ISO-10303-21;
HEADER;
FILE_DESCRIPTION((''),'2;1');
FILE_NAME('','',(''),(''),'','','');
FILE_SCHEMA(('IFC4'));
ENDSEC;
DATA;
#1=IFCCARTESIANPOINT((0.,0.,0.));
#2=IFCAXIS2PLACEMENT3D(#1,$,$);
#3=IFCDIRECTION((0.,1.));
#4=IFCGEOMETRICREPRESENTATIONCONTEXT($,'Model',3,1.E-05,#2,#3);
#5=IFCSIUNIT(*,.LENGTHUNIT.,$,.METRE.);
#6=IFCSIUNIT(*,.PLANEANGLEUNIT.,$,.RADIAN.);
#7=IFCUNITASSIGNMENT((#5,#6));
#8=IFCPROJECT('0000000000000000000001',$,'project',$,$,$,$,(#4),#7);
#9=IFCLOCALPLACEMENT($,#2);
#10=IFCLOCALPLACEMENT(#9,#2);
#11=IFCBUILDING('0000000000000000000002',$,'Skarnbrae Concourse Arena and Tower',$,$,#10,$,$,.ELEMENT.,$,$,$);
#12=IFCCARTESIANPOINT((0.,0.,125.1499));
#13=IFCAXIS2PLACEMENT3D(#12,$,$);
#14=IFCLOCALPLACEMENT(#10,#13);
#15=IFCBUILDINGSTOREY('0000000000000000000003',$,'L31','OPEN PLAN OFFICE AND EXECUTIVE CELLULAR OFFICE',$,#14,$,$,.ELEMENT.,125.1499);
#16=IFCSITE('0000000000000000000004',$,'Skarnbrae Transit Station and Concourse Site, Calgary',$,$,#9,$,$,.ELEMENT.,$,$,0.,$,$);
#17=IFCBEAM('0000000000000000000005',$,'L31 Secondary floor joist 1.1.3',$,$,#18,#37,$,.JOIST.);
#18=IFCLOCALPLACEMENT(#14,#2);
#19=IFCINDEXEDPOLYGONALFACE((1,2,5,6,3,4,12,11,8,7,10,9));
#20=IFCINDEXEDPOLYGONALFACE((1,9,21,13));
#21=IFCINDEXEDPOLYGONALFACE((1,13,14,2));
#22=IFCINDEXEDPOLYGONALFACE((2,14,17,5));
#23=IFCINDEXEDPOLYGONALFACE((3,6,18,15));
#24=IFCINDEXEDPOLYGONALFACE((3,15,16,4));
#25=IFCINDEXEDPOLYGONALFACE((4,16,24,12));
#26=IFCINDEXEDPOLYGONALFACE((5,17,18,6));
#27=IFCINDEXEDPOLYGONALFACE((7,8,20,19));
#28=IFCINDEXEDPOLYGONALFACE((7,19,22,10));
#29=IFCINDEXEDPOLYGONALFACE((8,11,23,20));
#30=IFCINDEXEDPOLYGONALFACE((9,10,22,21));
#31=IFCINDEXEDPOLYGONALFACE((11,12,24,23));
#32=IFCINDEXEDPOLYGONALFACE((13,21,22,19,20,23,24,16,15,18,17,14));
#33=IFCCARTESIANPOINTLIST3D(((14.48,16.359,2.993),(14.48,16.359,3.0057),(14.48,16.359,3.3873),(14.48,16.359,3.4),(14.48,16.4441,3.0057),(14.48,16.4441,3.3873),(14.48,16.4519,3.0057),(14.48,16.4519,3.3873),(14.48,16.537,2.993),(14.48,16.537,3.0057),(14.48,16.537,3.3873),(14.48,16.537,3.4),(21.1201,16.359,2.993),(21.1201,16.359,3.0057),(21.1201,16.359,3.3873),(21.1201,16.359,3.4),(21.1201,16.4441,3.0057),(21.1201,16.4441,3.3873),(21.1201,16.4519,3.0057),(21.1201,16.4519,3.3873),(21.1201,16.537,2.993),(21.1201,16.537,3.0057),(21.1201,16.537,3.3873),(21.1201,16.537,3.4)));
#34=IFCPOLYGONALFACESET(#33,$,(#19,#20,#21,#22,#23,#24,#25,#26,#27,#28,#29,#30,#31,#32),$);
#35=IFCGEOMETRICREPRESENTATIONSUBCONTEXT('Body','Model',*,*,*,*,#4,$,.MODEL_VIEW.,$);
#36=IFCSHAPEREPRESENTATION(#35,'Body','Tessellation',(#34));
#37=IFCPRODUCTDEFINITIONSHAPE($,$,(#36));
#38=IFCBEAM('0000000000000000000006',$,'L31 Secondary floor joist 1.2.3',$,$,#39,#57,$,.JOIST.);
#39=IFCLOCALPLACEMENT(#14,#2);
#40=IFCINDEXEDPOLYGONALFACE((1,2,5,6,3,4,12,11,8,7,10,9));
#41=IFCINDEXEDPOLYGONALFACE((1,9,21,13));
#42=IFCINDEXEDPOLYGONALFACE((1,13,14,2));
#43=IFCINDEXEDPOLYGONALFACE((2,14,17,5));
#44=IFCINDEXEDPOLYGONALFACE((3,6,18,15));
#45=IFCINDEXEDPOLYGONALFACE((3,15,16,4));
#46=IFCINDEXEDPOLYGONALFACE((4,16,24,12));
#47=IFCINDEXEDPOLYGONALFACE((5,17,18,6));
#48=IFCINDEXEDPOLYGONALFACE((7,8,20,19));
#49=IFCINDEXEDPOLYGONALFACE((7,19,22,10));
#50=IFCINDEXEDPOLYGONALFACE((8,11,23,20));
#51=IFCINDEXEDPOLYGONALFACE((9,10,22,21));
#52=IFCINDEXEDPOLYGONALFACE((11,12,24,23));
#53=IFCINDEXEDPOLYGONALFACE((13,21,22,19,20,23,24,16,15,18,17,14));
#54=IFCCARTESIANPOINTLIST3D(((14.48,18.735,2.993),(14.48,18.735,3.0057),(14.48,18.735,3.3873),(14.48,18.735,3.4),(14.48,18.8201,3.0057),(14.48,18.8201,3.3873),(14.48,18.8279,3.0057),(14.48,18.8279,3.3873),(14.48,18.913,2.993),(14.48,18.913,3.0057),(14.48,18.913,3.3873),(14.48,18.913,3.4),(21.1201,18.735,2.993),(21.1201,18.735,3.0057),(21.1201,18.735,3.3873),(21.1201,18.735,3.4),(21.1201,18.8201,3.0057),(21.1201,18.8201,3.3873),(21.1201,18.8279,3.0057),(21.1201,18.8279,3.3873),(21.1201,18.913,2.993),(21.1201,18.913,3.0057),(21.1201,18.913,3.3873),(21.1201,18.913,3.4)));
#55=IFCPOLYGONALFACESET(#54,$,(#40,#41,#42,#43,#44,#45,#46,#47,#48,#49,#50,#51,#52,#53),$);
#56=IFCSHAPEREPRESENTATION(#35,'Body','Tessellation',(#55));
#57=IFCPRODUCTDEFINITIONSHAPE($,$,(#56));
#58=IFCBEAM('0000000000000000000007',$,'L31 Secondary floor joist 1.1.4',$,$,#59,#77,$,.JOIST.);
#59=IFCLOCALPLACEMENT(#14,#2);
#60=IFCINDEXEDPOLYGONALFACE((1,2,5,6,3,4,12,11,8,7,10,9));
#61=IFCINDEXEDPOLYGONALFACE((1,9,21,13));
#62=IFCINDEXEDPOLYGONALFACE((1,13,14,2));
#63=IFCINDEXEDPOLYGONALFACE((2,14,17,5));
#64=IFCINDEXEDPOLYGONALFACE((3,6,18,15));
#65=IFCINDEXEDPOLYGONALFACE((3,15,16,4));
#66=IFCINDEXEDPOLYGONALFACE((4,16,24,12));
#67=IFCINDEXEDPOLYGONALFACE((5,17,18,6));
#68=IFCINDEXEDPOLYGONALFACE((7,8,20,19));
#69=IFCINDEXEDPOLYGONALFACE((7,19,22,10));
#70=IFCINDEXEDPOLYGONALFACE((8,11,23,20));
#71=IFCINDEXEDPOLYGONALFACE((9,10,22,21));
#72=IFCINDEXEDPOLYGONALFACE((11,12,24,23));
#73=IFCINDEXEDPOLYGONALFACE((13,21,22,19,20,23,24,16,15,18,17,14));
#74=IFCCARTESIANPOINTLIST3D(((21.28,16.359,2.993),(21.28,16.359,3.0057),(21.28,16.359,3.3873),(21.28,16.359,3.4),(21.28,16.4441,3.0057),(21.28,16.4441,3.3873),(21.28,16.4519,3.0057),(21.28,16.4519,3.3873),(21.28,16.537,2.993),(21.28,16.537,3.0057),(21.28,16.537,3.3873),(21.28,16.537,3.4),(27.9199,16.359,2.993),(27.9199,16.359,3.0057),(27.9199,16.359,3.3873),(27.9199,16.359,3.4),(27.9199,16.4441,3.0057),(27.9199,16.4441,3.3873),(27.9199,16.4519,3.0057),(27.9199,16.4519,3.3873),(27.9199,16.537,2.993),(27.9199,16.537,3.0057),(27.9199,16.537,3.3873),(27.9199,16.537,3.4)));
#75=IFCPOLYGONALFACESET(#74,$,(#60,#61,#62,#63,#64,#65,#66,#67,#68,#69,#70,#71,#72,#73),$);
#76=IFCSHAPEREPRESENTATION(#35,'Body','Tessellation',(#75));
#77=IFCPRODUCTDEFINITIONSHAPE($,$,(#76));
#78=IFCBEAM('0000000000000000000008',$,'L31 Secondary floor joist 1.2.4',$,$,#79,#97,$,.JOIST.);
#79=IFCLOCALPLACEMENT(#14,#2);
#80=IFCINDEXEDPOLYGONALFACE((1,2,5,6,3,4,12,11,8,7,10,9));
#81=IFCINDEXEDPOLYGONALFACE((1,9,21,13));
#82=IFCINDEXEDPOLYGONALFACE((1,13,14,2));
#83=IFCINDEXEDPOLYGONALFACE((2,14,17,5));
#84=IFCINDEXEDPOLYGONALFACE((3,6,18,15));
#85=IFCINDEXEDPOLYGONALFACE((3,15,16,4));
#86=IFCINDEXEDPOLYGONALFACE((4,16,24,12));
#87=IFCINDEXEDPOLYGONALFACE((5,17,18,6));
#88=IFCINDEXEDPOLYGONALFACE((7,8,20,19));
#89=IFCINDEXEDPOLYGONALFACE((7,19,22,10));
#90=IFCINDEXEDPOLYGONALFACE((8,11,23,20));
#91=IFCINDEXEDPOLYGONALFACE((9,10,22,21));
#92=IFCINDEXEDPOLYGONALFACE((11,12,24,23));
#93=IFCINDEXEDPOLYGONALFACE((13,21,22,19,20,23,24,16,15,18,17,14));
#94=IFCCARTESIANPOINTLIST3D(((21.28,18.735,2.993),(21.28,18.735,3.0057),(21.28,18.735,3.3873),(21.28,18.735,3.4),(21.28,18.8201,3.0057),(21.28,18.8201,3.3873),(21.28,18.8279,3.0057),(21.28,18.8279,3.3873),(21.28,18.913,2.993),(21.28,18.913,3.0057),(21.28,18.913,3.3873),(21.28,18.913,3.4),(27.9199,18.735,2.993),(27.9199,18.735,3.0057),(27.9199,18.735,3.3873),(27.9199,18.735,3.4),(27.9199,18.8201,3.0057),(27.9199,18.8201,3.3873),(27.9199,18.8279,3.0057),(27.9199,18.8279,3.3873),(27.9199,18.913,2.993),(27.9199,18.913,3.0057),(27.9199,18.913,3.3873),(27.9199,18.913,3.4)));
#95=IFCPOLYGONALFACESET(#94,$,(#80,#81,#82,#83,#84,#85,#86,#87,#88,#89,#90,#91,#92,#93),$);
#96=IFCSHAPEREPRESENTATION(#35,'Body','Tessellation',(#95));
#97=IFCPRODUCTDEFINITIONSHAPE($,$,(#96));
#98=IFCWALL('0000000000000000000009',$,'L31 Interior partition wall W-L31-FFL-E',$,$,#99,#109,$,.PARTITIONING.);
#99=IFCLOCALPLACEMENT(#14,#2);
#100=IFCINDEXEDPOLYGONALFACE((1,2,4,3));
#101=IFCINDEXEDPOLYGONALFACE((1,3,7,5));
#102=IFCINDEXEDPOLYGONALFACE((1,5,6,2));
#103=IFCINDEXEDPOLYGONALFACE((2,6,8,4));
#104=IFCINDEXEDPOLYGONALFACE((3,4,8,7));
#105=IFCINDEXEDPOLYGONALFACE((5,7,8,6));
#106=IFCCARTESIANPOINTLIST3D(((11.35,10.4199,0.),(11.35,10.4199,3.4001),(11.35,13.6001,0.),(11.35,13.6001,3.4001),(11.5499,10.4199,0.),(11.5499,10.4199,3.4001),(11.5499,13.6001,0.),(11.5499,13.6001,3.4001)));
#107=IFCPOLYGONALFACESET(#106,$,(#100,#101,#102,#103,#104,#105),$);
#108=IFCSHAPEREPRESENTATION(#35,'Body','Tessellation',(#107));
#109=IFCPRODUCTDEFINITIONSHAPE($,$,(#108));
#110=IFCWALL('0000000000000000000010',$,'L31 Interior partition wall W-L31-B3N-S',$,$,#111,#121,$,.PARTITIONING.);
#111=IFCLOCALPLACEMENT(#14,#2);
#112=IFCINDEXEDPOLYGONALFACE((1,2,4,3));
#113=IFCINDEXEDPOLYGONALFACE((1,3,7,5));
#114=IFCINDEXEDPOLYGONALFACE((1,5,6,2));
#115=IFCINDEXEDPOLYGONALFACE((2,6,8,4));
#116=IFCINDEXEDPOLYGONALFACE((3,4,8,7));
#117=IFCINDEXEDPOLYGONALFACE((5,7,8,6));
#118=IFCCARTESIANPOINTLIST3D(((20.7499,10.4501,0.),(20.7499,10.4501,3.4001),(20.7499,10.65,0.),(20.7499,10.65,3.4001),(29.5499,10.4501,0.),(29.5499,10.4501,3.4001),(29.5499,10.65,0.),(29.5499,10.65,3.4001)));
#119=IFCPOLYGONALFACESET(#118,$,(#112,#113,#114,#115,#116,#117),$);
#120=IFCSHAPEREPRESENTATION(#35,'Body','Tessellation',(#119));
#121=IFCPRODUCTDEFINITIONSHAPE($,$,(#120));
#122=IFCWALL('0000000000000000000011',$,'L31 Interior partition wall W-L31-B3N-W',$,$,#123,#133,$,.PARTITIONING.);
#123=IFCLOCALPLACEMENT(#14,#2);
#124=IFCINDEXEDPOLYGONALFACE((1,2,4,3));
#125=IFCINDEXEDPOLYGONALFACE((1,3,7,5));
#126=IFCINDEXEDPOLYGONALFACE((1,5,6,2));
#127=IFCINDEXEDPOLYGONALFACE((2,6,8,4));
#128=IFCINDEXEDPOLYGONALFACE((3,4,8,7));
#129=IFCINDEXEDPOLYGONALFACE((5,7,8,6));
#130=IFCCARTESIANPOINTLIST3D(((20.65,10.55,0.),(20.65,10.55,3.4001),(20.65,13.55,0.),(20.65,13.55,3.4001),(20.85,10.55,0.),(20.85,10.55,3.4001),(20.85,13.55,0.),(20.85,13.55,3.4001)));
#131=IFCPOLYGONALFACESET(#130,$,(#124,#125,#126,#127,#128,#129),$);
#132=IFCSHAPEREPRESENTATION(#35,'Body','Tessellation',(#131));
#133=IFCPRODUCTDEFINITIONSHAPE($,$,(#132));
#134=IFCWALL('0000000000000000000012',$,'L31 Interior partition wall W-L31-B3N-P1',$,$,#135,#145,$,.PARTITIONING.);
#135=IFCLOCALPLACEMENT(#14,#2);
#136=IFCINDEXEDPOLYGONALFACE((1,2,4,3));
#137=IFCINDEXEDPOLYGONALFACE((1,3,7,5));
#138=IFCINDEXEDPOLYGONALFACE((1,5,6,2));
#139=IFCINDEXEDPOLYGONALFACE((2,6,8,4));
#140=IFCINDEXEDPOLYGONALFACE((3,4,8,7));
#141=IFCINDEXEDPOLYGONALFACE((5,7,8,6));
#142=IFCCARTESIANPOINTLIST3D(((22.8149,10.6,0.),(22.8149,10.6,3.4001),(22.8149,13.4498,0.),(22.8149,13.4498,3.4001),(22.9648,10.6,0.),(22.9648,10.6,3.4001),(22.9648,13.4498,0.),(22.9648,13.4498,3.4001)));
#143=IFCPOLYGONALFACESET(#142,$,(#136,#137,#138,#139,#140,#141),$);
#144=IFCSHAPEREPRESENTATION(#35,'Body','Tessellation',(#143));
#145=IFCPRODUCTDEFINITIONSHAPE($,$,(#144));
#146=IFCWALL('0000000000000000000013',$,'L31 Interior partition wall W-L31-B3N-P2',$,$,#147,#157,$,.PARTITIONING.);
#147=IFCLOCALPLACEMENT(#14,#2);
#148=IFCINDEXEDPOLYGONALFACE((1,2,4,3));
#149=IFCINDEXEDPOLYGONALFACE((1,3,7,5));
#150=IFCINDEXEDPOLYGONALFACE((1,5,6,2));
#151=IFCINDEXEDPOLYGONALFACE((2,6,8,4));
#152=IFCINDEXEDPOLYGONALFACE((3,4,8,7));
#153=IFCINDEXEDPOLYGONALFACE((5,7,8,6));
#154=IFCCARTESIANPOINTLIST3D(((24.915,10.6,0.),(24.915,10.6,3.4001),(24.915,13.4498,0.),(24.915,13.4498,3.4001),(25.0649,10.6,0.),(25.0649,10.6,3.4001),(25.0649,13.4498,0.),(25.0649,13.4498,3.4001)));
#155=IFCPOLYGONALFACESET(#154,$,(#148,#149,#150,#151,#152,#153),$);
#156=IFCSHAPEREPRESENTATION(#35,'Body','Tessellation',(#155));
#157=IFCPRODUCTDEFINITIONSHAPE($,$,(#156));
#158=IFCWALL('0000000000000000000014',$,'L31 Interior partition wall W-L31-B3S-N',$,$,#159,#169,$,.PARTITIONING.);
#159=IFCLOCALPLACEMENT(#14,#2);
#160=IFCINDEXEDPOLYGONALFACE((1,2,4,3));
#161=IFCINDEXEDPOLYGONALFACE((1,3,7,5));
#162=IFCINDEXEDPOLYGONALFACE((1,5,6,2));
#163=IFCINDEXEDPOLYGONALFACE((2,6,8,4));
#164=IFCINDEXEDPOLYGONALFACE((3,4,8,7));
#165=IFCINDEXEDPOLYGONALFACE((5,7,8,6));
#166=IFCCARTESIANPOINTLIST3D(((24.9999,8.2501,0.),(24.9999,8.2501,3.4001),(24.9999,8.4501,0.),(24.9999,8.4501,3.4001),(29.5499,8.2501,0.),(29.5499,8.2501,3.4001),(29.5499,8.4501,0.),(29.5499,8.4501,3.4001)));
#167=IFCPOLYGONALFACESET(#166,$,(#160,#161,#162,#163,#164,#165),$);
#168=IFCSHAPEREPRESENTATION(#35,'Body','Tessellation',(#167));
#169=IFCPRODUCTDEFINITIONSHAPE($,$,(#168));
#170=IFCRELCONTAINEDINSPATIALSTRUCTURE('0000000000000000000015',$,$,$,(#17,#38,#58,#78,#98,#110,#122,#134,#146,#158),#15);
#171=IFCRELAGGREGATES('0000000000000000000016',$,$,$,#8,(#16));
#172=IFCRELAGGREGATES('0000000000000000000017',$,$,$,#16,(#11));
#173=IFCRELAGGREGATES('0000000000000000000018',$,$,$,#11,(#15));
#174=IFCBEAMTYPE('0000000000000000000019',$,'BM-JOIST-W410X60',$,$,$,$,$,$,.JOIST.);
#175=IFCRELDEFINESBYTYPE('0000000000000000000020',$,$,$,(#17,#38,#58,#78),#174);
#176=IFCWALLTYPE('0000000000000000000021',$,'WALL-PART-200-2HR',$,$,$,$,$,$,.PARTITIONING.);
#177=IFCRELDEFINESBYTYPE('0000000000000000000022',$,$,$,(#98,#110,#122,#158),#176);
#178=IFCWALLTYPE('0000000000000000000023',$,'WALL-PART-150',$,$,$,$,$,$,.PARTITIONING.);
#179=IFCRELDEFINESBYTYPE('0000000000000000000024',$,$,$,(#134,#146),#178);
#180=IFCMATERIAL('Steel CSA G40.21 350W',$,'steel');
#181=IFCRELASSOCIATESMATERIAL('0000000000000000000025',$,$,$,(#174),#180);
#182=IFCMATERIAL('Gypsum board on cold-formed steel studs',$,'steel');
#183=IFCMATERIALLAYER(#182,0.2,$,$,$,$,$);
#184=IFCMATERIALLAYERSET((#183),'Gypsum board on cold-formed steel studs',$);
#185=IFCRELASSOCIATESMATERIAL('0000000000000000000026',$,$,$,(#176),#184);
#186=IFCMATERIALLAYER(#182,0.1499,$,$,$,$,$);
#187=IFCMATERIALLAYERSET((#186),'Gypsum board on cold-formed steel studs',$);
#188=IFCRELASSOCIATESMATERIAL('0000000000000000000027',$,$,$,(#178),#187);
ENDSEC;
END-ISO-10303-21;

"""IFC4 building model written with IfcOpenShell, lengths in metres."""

from ifc_helpers import new_model, si_unit, direction, frame, frame_2d, origin, origin_2d, place, context, subcontext, project, spatial, rectangle, i_section, extrude, source, transform, mapped, material, layer, layer_set, material_profile, profile_set, type_object, element, save


model = new_model("IFC4")

# Units and contexts
model_context = context("Model", 3, precision=1e-05, world=origin(), true_north=direction((0.0, 1.0)))
body_context = subcontext(model_context, "Body", "Model", "MODEL_VIEW")
ifc_project = project(units=[si_unit("LENGTHUNIT", "METRE"), si_unit("PLANEANGLEUNIT", "RADIAN")], contexts=[model_context])

# Site, building, storey
site_placement = place(None, origin())
site = spatial("IfcSite", under=ifc_project, at=site_placement, Name="Skarnbrae Transit Station and Concourse Site, Calgary", CompositionType="ELEMENT", RefElevation=0.0)
building_placement = place(site_placement, origin())
building = spatial("IfcBuilding", under=site, at=building_placement, Name="Skarnbrae Concourse Arena and Tower", CompositionType="ELEMENT")
storey_placement = place(building_placement, frame((0.0, 0.0, 125.1499)))
storey = spatial("IfcBuildingStorey", under=building, at=storey_placement, Name="L31", Description="OPEN PLAN OFFICE AND EXECUTIVE CELLULAR OFFICE", CompositionType="ELEMENT", Elevation=125.1499)

# Shared definitions
ifc_material_1 = material(Name="Steel CSA G40.21 350W", Category="steel")

# Beams
ifc_material_profile_1 = material_profile(ifc_material_1, i_section(OverallWidth=0.178, OverallDepth=0.407, WebThickness=0.0078, FlangeThickness=0.0127, at=origin_2d()), Name="W410X60")
ifc_profile_set_1 = profile_set([ifc_material_profile_1], Name="Steel CSA G40.21 350W")
beam_type_1 = type_object("IfcBeamType", Name="BM-JOIST-W410X60", PredefinedType="JOIST", material=ifc_profile_set_1)
shared_shape_1 = source(origin(), body_context, "Body", "SweptSolid", [
    extrude(i_section(OverallWidth=0.178, OverallDepth=0.407, WebThickness=0.0078, FlangeThickness=0.0127, at=origin_2d()), origin(), (0.0, 0.0, 1.0), 6.6401),
])
for number, where, z_axis, x_axis, name in (
    (1, (14.48, 16.448, 3.1965), (1.0, 0.0, 0.0), (0.0, 1.0, 0.0), "L31 Secondary floor joist 1.1.3"),
    (2, (14.48, 18.824, 3.1965), (1.0, 0.0, 0.0), (0.0, 1.0, 0.0), "L31 Secondary floor joist 1.2.3"),
):
    element("IfcBeam", number, at=place(storey_placement, frame(where, z_axis=z_axis, x_axis=x_axis)), inside=storey, type_object=beam_type_1, Name=name, PredefinedType="JOIST", context=body_context, shape_type="MappedRepresentation", body=[
        mapped(shared_shape_1, transform((0.0, 0.0, 0.0))),
    ])
shared_shape_2 = source(origin(), body_context, "Body", "SweptSolid", [
    extrude(i_section(OverallWidth=0.178, OverallDepth=0.407, WebThickness=0.0078, FlangeThickness=0.0127, at=origin_2d()), origin(), (0.0, 0.0, 1.0), 6.6399),
])
for number, where, z_axis, x_axis, name in (
    (3, (21.28, 16.448, 3.1965), (1.0, 0.0, 0.0), (0.0, 1.0, 0.0), "L31 Secondary floor joist 1.1.4"),
    (4, (21.28, 18.824, 3.1965), (1.0, 0.0, 0.0), (0.0, 1.0, 0.0), "L31 Secondary floor joist 1.2.4"),
):
    element("IfcBeam", number, at=place(storey_placement, frame(where, z_axis=z_axis, x_axis=x_axis)), inside=storey, type_object=beam_type_1, Name=name, PredefinedType="JOIST", context=body_context, shape_type="MappedRepresentation", body=[
        mapped(shared_shape_2, transform((0.0, 0.0, 0.0))),
    ])

# Wall
ifc_material_2 = material(Name="Gypsum board on cold-formed steel studs", Category="steel")
ifc_layer_1 = layer(ifc_material_2, 0.2)
ifc_layer_set_1 = layer_set([ifc_layer_1], Name="Gypsum board on cold-formed steel studs")
wall_type_1 = type_object("IfcWallType", Name="WALL-PART-200-2HR", PredefinedType="PARTITIONING", material=ifc_layer_set_1)
shared_shape_3 = source(origin(), body_context, "Body", "SweptSolid", [
    extrude(rectangle(XDim=3.1802, YDim=0.2, at=frame_2d((1.5901, 0.0))), origin(), (0.0, 0.0, 1.0), 3.4001),
])
wall_1_placement = place(storey_placement, frame((11.45, 10.4199, 0.0), z_axis=(0.0, 0.0, 1.0), x_axis=(0.0, 1.0, 0.0)))
element("IfcWall", 5, at=wall_1_placement, inside=storey, type_object=wall_type_1, Name="L31 Interior partition wall W-L31-FFL-E", PredefinedType="PARTITIONING", context=body_context, shape_type="MappedRepresentation", body=[
    mapped(shared_shape_3, transform((0.0, 0.0, 0.0))),
])

# Walls
shared_shape_4 = source(origin(), body_context, "Body", "SweptSolid", [
    extrude(rectangle(XDim=8.8, YDim=0.2, at=frame_2d((4.3999, 0.0))), origin(), (0.0, 0.0, 1.0), 3.4001),
])
wall_2_placement = place(storey_placement, frame((20.75, 10.55, 0.0), z_axis=(0.0, 0.0, 1.0), x_axis=(1.0, 0.0, 0.0)))
element("IfcWall", 6, at=wall_2_placement, inside=storey, type_object=wall_type_1, Name="L31 Interior partition wall W-L31-B3N-S", PredefinedType="PARTITIONING", context=body_context, shape_type="MappedRepresentation", body=[
    mapped(shared_shape_4, transform((0.0, 0.0, 0.0))),
])
shared_shape_5 = source(origin(), body_context, "Body", "SweptSolid", [
    extrude(rectangle(XDim=3.0, YDim=0.2, at=frame_2d((1.5, 0.0))), origin(), (0.0, 0.0, 1.0), 3.4001),
])
wall_3_placement = place(storey_placement, frame((20.75, 10.55, 0.0), z_axis=(0.0, 0.0, 1.0), x_axis=(0.0, 1.0, 0.0)))
element("IfcWall", 7, at=wall_3_placement, inside=storey, type_object=wall_type_1, Name="L31 Interior partition wall W-L31-B3N-W", PredefinedType="PARTITIONING", context=body_context, shape_type="MappedRepresentation", body=[
    mapped(shared_shape_5, transform((0.0, 0.0, 0.0))),
])
ifc_layer_2 = layer(ifc_material_2, 0.1499)
ifc_layer_set_2 = layer_set([ifc_layer_2], Name="Gypsum board on cold-formed steel studs")
wall_type_2 = type_object("IfcWallType", Name="WALL-PART-150", PredefinedType="PARTITIONING", material=ifc_layer_set_2)
shared_shape_6 = source(origin(), body_context, "Body", "SweptSolid", [
    extrude(rectangle(XDim=2.8499, YDim=0.1499, at=frame_2d((1.4248, 0.0))), origin(), (0.0, 0.0, 1.0), 3.4001),
])
for number, where, z_axis, x_axis, name in (
    (8, (22.8899, 10.6001, 0.0), (0.0, 0.0, 1.0), (0.0, 1.0, 0.0), "L31 Interior partition wall W-L31-B3N-P1"),
    (9, (24.99, 10.6001, 0.0), (0.0, 0.0, 1.0), (0.0, 1.0, 0.0), "L31 Interior partition wall W-L31-B3N-P2"),
):
    element("IfcWall", number, at=place(storey_placement, frame(where, z_axis=z_axis, x_axis=x_axis)), inside=storey, type_object=wall_type_2, Name=name, PredefinedType="PARTITIONING", context=body_context, shape_type="MappedRepresentation", body=[
        mapped(shared_shape_6, transform((0.0, 0.0, 0.0))),
    ])
shared_shape_7 = source(origin(), body_context, "Body", "SweptSolid", [
    extrude(rectangle(XDim=4.55, YDim=0.2, at=frame_2d((2.2749, 0.0))), origin(), (0.0, 0.0, 1.0), 3.4001),
])
wall_4_placement = place(storey_placement, frame((25.0, 8.3501, 0.0), z_axis=(0.0, 0.0, 1.0), x_axis=(1.0, 0.0, 0.0)))
element("IfcWall", 10, at=wall_4_placement, inside=storey, type_object=wall_type_1, Name="L31 Interior partition wall W-L31-B3S-N", PredefinedType="PARTITIONING", context=body_context, shape_type="MappedRepresentation", body=[
    mapped(shared_shape_7, transform((0.0, 0.0, 0.0))),
])

save(model, "model.ifc")
